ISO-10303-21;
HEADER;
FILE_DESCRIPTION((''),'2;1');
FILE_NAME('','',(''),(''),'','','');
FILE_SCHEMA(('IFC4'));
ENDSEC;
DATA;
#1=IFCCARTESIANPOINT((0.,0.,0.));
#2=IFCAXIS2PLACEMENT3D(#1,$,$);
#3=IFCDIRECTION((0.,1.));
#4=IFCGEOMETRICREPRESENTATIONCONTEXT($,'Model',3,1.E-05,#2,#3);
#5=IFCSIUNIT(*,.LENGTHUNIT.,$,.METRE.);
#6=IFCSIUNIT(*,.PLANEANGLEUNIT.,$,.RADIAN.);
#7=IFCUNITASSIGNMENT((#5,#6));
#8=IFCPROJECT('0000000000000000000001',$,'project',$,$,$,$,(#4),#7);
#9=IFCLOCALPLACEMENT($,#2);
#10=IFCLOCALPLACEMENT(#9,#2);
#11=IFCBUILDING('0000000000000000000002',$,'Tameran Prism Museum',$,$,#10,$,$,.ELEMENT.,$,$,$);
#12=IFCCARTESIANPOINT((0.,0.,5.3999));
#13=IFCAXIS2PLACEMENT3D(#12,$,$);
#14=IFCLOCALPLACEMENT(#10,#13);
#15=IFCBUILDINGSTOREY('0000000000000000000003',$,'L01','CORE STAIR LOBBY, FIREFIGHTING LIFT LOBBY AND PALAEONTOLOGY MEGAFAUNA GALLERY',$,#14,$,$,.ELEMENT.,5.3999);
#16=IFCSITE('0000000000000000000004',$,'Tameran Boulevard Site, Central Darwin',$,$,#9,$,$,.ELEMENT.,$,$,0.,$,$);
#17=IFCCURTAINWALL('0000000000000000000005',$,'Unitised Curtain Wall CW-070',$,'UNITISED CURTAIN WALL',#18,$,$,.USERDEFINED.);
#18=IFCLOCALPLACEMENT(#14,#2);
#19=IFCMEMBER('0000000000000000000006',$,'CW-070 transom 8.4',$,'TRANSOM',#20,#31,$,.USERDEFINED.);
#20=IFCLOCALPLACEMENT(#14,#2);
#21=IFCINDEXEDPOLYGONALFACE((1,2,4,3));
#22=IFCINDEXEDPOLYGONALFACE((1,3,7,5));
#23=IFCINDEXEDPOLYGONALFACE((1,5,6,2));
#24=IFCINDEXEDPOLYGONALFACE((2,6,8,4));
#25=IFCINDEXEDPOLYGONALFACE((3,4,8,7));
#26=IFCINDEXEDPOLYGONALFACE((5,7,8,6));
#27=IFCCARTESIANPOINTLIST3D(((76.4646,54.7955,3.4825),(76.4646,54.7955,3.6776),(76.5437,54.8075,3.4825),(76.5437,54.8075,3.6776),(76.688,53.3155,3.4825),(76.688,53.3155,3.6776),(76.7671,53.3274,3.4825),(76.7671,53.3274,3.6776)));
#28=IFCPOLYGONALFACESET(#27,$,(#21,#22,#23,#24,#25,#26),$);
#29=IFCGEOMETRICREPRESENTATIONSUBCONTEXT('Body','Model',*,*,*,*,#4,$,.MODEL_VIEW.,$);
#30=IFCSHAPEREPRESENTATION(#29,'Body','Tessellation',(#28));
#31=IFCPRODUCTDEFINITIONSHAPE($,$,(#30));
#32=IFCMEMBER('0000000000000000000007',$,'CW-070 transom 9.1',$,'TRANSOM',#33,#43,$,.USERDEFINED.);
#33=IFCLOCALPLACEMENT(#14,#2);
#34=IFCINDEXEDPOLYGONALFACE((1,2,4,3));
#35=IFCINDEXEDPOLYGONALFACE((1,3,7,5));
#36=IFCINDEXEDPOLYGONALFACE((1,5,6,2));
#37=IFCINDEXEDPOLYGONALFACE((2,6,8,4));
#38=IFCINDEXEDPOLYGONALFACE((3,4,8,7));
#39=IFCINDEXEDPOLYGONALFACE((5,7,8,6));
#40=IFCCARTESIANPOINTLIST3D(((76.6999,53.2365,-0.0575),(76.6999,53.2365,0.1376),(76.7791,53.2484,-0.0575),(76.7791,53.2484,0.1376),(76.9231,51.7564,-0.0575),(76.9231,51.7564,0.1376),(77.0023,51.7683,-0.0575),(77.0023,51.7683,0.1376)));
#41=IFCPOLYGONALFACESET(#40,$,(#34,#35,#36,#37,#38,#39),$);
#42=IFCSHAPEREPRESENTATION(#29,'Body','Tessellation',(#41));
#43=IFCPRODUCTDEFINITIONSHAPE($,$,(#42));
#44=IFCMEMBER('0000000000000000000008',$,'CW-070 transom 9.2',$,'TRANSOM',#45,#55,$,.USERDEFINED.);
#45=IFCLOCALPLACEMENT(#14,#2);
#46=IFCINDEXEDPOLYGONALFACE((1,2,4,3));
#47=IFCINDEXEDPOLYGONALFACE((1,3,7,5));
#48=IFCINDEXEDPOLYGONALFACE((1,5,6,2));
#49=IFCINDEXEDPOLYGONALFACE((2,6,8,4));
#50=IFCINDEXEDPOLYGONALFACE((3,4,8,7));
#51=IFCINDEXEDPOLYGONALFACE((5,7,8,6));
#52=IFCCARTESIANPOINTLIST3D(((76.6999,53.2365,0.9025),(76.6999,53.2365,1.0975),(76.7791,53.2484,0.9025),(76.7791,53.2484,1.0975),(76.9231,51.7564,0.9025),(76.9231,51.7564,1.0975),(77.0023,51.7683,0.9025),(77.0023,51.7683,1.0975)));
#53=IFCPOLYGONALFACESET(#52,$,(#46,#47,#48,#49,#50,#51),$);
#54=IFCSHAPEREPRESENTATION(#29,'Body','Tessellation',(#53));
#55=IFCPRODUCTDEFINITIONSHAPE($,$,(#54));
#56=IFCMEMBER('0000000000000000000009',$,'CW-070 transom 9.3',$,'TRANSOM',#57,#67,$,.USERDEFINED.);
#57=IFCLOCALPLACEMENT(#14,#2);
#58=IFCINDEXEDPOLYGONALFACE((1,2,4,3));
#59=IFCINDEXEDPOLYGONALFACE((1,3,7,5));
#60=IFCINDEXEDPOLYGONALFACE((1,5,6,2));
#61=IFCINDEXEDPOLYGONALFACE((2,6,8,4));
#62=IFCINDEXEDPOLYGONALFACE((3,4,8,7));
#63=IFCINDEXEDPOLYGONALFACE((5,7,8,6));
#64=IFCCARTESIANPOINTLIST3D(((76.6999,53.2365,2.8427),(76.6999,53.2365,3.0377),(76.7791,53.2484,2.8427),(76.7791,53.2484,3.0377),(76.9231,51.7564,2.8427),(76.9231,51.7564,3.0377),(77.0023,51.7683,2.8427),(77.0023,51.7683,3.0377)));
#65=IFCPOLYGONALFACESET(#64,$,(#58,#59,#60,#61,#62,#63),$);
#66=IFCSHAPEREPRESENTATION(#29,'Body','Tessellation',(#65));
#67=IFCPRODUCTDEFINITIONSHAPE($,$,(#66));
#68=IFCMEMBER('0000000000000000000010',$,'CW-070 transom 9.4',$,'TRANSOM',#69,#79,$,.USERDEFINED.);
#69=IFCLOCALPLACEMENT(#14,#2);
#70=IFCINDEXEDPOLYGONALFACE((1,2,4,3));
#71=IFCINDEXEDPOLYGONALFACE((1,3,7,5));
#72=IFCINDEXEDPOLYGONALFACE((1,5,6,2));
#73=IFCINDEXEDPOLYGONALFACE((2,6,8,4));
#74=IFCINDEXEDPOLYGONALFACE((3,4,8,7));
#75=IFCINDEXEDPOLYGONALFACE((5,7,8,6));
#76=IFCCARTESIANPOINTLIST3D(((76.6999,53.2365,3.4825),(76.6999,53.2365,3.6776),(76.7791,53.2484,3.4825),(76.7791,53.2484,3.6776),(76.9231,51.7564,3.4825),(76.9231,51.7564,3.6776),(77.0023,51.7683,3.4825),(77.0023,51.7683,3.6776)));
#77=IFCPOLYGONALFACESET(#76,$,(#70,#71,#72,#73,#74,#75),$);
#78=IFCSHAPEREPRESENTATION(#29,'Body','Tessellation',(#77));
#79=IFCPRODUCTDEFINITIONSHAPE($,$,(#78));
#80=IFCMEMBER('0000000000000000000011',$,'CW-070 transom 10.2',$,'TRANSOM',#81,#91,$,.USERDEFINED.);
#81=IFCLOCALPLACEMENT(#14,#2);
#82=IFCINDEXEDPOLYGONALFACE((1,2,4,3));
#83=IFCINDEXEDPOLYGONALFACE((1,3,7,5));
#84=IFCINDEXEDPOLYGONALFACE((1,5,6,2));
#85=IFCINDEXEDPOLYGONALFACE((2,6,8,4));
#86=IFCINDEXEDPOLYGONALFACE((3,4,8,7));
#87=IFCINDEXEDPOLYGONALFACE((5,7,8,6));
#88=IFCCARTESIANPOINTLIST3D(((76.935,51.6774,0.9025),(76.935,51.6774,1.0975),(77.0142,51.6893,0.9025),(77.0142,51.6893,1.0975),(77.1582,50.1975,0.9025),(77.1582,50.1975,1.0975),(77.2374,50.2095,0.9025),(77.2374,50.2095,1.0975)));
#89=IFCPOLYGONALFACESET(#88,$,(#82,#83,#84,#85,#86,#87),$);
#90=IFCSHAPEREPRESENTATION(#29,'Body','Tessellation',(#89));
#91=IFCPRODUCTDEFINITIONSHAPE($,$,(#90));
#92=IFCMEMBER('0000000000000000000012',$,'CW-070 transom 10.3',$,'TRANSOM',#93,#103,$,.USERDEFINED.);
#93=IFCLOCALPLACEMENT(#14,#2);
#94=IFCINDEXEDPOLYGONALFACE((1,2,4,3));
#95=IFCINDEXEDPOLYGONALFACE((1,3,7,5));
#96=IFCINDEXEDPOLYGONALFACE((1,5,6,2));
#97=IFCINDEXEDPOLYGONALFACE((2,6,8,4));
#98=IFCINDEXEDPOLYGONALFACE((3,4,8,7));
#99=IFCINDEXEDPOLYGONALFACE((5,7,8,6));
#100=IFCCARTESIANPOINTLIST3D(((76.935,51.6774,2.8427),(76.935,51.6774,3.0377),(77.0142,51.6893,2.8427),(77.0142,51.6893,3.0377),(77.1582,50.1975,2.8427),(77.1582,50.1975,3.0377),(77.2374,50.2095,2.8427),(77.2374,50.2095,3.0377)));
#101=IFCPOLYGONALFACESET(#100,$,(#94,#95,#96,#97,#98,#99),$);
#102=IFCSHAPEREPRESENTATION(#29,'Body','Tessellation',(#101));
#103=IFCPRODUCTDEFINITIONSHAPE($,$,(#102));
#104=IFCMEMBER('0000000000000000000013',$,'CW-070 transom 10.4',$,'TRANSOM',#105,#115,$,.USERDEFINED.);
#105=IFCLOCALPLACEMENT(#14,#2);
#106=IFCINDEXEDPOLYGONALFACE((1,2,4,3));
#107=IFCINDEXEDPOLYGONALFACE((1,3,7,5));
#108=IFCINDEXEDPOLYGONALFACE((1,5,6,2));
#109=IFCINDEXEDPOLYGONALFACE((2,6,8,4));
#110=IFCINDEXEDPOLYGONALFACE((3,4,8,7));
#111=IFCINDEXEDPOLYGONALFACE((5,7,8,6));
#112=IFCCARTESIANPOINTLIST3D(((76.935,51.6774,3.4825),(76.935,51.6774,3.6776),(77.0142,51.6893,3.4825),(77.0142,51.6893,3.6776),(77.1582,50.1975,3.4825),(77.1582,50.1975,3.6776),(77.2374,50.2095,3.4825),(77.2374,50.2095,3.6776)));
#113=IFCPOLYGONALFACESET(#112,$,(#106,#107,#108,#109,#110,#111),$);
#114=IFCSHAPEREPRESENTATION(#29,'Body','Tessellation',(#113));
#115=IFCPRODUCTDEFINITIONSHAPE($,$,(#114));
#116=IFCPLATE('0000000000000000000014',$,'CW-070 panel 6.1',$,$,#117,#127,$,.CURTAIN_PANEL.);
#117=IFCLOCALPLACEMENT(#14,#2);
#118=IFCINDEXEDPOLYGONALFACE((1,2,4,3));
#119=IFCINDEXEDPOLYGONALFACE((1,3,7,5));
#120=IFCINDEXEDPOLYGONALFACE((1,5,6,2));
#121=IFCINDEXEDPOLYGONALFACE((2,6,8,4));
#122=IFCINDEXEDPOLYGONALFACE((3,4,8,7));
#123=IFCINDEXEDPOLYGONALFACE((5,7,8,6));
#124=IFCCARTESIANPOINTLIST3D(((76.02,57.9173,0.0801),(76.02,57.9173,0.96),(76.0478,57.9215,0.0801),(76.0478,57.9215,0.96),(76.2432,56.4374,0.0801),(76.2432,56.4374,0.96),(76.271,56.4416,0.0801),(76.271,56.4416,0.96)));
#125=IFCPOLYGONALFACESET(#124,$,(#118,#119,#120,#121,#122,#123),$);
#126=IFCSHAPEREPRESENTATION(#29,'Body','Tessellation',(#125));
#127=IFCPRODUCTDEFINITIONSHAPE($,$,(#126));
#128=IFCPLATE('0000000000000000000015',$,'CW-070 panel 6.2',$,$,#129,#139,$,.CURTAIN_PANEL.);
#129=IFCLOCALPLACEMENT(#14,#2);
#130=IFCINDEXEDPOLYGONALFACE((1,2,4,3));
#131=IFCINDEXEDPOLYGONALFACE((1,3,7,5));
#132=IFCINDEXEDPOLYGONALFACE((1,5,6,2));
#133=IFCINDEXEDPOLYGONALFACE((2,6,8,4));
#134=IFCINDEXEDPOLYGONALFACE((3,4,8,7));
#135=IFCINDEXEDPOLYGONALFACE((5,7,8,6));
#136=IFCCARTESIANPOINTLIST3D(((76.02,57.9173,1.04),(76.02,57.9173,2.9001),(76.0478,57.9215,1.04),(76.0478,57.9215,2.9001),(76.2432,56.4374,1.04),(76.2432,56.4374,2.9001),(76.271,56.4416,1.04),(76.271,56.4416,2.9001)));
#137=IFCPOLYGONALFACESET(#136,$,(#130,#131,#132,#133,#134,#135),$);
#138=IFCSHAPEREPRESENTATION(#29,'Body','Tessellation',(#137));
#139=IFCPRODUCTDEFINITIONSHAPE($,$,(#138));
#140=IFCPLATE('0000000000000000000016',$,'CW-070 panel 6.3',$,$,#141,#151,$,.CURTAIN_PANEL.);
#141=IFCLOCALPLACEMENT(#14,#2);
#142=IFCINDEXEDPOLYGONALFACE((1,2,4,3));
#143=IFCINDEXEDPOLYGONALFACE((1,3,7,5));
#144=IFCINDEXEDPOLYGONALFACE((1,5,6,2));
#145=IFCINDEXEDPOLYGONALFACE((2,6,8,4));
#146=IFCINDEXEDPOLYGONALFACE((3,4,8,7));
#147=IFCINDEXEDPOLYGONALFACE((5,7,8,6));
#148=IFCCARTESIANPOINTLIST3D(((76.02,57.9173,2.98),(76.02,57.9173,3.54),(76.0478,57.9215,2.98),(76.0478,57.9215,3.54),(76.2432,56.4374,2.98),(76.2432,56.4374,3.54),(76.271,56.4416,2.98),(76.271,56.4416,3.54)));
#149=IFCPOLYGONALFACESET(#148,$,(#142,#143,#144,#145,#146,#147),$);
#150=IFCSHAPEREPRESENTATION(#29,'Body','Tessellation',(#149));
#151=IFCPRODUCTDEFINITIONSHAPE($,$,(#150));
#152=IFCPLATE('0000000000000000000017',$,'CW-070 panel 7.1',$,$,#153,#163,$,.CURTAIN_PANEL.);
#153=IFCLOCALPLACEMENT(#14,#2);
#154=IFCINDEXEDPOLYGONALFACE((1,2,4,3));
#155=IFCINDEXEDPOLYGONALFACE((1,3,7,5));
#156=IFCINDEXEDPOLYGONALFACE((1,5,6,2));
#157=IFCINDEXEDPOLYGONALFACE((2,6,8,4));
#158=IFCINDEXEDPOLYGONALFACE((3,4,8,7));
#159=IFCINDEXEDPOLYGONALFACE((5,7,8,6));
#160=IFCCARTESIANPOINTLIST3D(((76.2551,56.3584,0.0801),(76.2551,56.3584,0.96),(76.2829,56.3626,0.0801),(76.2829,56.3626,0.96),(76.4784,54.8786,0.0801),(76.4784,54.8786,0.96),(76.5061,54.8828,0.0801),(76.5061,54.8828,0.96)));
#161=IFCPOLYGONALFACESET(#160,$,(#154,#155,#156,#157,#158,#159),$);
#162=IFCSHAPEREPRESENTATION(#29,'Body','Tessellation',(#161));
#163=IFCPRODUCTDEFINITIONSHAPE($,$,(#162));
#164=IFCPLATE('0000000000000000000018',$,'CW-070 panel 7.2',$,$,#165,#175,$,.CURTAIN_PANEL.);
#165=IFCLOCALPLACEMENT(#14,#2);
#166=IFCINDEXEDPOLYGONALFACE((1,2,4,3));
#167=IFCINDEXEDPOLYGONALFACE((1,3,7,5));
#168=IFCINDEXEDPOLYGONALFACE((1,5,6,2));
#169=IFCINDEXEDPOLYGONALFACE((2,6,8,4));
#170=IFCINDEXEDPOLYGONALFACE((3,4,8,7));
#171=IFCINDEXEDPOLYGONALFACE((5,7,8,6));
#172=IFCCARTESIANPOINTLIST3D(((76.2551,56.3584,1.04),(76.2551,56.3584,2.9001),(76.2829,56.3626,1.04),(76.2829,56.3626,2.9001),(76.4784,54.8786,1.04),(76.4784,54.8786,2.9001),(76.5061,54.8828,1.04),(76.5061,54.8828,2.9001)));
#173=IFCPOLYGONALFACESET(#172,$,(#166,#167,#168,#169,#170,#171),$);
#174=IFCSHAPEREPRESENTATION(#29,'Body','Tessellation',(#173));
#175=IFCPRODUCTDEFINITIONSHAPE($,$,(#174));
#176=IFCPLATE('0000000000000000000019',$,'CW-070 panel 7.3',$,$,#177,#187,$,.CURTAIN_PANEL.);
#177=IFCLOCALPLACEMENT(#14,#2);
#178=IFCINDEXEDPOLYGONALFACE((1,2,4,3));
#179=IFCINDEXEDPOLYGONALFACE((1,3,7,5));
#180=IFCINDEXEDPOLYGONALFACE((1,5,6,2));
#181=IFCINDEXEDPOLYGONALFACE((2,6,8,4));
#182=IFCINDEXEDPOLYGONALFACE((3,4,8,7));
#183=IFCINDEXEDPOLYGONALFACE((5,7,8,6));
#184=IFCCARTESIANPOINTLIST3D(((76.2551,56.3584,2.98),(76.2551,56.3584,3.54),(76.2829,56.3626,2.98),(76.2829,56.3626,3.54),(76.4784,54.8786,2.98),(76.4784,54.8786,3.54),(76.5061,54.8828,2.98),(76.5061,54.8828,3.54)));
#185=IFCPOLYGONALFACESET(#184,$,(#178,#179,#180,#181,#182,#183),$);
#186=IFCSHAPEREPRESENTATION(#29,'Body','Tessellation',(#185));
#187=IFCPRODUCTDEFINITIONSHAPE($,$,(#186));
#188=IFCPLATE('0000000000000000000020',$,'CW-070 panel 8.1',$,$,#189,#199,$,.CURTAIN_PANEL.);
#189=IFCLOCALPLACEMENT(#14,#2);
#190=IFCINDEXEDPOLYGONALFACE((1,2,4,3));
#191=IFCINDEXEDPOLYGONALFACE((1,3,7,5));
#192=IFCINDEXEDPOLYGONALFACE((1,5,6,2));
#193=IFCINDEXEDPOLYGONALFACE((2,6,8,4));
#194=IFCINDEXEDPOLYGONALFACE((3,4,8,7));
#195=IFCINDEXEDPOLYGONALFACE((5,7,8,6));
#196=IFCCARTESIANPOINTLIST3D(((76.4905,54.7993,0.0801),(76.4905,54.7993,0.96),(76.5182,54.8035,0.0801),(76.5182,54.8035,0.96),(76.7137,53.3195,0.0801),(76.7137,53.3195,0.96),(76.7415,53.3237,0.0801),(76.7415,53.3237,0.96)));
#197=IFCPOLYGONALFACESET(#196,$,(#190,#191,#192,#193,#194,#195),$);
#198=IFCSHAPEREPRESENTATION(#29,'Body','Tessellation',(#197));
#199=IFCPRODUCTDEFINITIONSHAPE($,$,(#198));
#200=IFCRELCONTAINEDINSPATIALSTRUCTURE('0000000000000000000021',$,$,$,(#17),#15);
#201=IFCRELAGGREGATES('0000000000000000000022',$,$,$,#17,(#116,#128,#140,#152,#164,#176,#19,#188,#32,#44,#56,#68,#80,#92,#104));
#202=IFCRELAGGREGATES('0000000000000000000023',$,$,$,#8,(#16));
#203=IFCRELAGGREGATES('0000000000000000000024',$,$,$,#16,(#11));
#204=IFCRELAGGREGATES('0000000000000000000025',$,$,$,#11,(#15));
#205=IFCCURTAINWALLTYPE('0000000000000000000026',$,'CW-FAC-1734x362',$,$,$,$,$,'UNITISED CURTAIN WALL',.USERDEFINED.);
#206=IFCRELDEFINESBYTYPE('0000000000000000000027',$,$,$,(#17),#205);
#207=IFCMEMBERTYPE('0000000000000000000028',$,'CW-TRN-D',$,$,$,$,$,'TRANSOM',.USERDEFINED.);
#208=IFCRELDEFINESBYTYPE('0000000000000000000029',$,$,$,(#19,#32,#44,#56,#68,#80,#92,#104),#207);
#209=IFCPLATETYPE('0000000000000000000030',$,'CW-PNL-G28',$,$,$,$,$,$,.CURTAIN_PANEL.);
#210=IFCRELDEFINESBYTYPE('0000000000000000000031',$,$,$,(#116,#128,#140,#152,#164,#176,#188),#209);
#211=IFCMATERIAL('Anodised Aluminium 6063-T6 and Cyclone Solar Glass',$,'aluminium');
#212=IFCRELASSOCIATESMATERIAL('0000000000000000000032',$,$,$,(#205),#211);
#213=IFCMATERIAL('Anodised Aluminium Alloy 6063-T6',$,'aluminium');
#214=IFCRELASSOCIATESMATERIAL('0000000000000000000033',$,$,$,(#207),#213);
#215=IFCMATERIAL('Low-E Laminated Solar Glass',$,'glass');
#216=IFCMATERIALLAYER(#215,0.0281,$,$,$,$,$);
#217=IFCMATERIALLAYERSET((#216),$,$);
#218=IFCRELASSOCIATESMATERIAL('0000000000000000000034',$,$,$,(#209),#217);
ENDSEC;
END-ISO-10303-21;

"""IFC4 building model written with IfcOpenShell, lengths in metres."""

from ifc_helpers import new_model, si_unit, direction, frame, origin, origin_2d, place, context, subcontext, project, spatial, rectangle, extrude, material, layer, layer_set, material_profile, profile_set, type_object, element, aggregate, save


model = new_model("IFC4")

# Units and contexts
model_context = context("Model", 3, precision=1e-05, world=origin(), true_north=direction((0.0, 1.0)))
body_context = subcontext(model_context, "Body", "Model", "MODEL_VIEW")
ifc_project = project(units=[si_unit("LENGTHUNIT", "METRE"), si_unit("PLANEANGLEUNIT", "RADIAN")], contexts=[model_context])

# Site, building, storey
site_placement = place(None, origin())
site = spatial("IfcSite", under=ifc_project, at=site_placement, Name="Tameran Boulevard Site, Central Darwin", CompositionType="ELEMENT", RefElevation=0.0)
building_placement = place(site_placement, origin())
building = spatial("IfcBuilding", under=site, at=building_placement, Name="Tameran Prism Museum", CompositionType="ELEMENT")
storey_placement = place(building_placement, frame((0.0, 0.0, 5.3999)))
storey = spatial("IfcBuildingStorey", under=building, at=storey_placement, Name="L01", Description="CORE STAIR LOBBY, FIREFIGHTING LIFT LOBBY AND PALAEONTOLOGY MEGAFAUNA GALLERY", CompositionType="ELEMENT", Elevation=5.3999)

# Curtain wall, members, plates
ifc_material_1 = material(Name="Anodised Aluminium 6063-T6 and Cyclone Solar Glass", Category="aluminium")
curtain_wall_type = type_object("IfcCurtainWallType", Name="CW-FAC-1734x362", ElementType="UNITISED CURTAIN WALL", PredefinedType="USERDEFINED", material=ifc_material_1)
curtain_wall_placement = place(storey_placement, origin())
curtain_wall = element("IfcCurtainWall", 1, at=curtain_wall_placement, inside=storey, type_object=curtain_wall_type, Name="Unitised Curtain Wall CW-070", ObjectType="UNITISED CURTAIN WALL", PredefinedType="USERDEFINED")
ifc_material_2 = material(Name="Anodised Aluminium Alloy 6063-T6", Category="aluminium")
ifc_material_profile_1 = material_profile(ifc_material_2, rectangle(XDim=0.0801, YDim=0.1951, at=origin_2d()))
ifc_profile_set_1 = profile_set([ifc_material_profile_1])
member_type_1 = type_object("IfcMemberType", Name="CW-TRN-D", ElementType="TRANSOM", PredefinedType="USERDEFINED", material=ifc_profile_set_1)
member_1_placement = place(storey_placement, frame((76.5042, 54.8015, 3.5801), z_axis=(0.14925, -0.9888, 0.0), x_axis=(0.9888, 0.14925, 0.0)))
member_1 = element("IfcMember", 2, at=member_1_placement, type_object=member_type_1, Name="CW-070 transom 8.4", ObjectType="TRANSOM", PredefinedType="USERDEFINED", context=body_context, shape_type="SweptSolid", body=[
    extrude(rectangle(XDim=0.0801, YDim=0.1951, at=origin_2d()), origin(), (0.0, 0.0, 1.0), 1.4968),
])
member_2_placement = place(storey_placement, frame((76.7395, 53.2424, 0.04), z_axis=(0.14909, -0.988824, 0.0), x_axis=(0.988824, 0.14909, 0.0)))
member_2 = element("IfcMember", 3, at=member_2_placement, type_object=member_type_1, Name="CW-070 transom 9.1", ObjectType="TRANSOM", PredefinedType="USERDEFINED", context=body_context, shape_type="SweptSolid", body=[
    extrude(rectangle(XDim=0.0801, YDim=0.1951, at=origin_2d()), origin(), (0.0, 0.0, 1.0), 1.4968),
])
member_3_placement = place(storey_placement, frame((76.7395, 53.2424, 1.0), z_axis=(0.14909, -0.988824, 0.0), x_axis=(0.988824, 0.14909, 0.0)))
member_3 = element("IfcMember", 4, at=member_3_placement, type_object=member_type_1, Name="CW-070 transom 9.2", ObjectType="TRANSOM", PredefinedType="USERDEFINED", context=body_context, shape_type="SweptSolid", body=[
    extrude(rectangle(XDim=0.0801, YDim=0.1951, at=origin_2d()), origin(), (0.0, 0.0, 1.0), 1.4968),
])
member_4_placement = place(storey_placement, frame((76.7395, 53.2424, 2.9402), z_axis=(0.14909, -0.988824, 0.0), x_axis=(0.988824, 0.14909, 0.0)))
member_4 = element("IfcMember", 5, at=member_4_placement, type_object=member_type_1, Name="CW-070 transom 9.3", ObjectType="TRANSOM", PredefinedType="USERDEFINED", context=body_context, shape_type="SweptSolid", body=[
    extrude(rectangle(XDim=0.0801, YDim=0.1951, at=origin_2d()), origin(), (0.0, 0.0, 1.0), 1.4968),
])
member_5_placement = place(storey_placement, frame((76.7395, 53.2424, 3.5801), z_axis=(0.14909, -0.988824, 0.0), x_axis=(0.988824, 0.14909, 0.0)))
member_5 = element("IfcMember", 6, at=member_5_placement, type_object=member_type_1, Name="CW-070 transom 9.4", ObjectType="TRANSOM", PredefinedType="USERDEFINED", context=body_context, shape_type="SweptSolid", body=[
    extrude(rectangle(XDim=0.0801, YDim=0.1951, at=origin_2d()), origin(), (0.0, 0.0, 1.0), 1.4968),
])
member_6_placement = place(storey_placement, frame((76.9746, 51.6833, 1.0), z_axis=(0.149114, -0.98882, 0.0), x_axis=(0.98882, 0.149114, 0.0)))
member_6 = element("IfcMember", 7, at=member_6_placement, type_object=member_type_1, Name="CW-070 transom 10.2", ObjectType="TRANSOM", PredefinedType="USERDEFINED", context=body_context, shape_type="SweptSolid", body=[
    extrude(rectangle(XDim=0.0801, YDim=0.1951, at=origin_2d()), origin(), (0.0, 0.0, 1.0), 1.4966),
])
member_7_placement = place(storey_placement, frame((76.9746, 51.6833, 2.9402), z_axis=(0.149114, -0.98882, 0.0), x_axis=(0.98882, 0.149114, 0.0)))
member_7 = element("IfcMember", 8, at=member_7_placement, type_object=member_type_1, Name="CW-070 transom 10.3", ObjectType="TRANSOM", PredefinedType="USERDEFINED", context=body_context, shape_type="SweptSolid", body=[
    extrude(rectangle(XDim=0.0801, YDim=0.1951, at=origin_2d()), origin(), (0.0, 0.0, 1.0), 1.4966),
])
member_8_placement = place(storey_placement, frame((76.9746, 51.6833, 3.5801), z_axis=(0.149114, -0.98882, 0.0), x_axis=(0.98882, 0.149114, 0.0)))
member_8 = element("IfcMember", 9, at=member_8_placement, type_object=member_type_1, Name="CW-070 transom 10.4", ObjectType="TRANSOM", PredefinedType="USERDEFINED", context=body_context, shape_type="SweptSolid", body=[
    extrude(rectangle(XDim=0.0801, YDim=0.1951, at=origin_2d()), origin(), (0.0, 0.0, 1.0), 1.4966),
])
ifc_material_3 = material(Name="Low-E Laminated Solar Glass", Category="glass")
ifc_layer = layer(ifc_material_3, 0.0281)
ifc_layer_set = layer_set([ifc_layer])
plate_type = type_object("IfcPlateType", Name="CW-PNL-G28", PredefinedType="CURTAIN_PANEL", material=ifc_layer_set)
plate_1_placement = place(storey_placement, frame((76.1455, 57.1794, 0.0801), z_axis=(0.0, 0.0, 1.0), x_axis=(0.149167, -0.988812, 0.0)))
plate_1 = element("IfcPlate", 10, at=plate_1_placement, type_object=plate_type, Name="CW-070 panel 6.1", PredefinedType="CURTAIN_PANEL", context=body_context, shape_type="SweptSolid", body=[
    extrude(rectangle(XDim=1.4966, YDim=0.0281, at=origin_2d()), origin(), (0.0, 0.0, 1.0), 0.8799),
])
plate_2_placement = place(storey_placement, frame((76.1455, 57.1794, 1.04), z_axis=(0.0, 0.0, 1.0), x_axis=(0.149167, -0.988812, 0.0)))
plate_2 = element("IfcPlate", 11, at=plate_2_placement, type_object=plate_type, Name="CW-070 panel 6.2", PredefinedType="CURTAIN_PANEL", context=body_context, shape_type="SweptSolid", body=[
    extrude(rectangle(XDim=1.4966, YDim=0.0281, at=origin_2d()), origin(), (0.0, 0.0, 1.0), 1.8601),
])
plate_3_placement = place(storey_placement, frame((76.1455, 57.1794, 2.98), z_axis=(0.0, 0.0, 1.0), x_axis=(0.149167, -0.988812, 0.0)))
plate_3 = element("IfcPlate", 12, at=plate_3_placement, type_object=plate_type, Name="CW-070 panel 6.3", PredefinedType="CURTAIN_PANEL", context=body_context, shape_type="SweptSolid", body=[
    extrude(rectangle(XDim=1.4966, YDim=0.0281, at=origin_2d()), origin(), (0.0, 0.0, 1.0), 0.5601),
])
plate_4_placement = place(storey_placement, frame((76.3806, 55.6206, 0.0801), z_axis=(0.0, 0.0, 1.0), x_axis=(0.149167, -0.988812, 0.0)))
plate_4 = element("IfcPlate", 13, at=plate_4_placement, type_object=plate_type, Name="CW-070 panel 7.1", PredefinedType="CURTAIN_PANEL", context=body_context, shape_type="SweptSolid", body=[
    extrude(rectangle(XDim=1.4966, YDim=0.0281, at=origin_2d()), origin(), (0.0, 0.0, 1.0), 0.8799),
])
plate_5_placement = place(storey_placement, frame((76.3806, 55.6206, 1.04), z_axis=(0.0, 0.0, 1.0), x_axis=(0.149167, -0.988812, 0.0)))
plate_5 = element("IfcPlate", 14, at=plate_5_placement, type_object=plate_type, Name="CW-070 panel 7.2", PredefinedType="CURTAIN_PANEL", context=body_context, shape_type="SweptSolid", body=[
    extrude(rectangle(XDim=1.4966, YDim=0.0281, at=origin_2d()), origin(), (0.0, 0.0, 1.0), 1.8601),
])
plate_6_placement = place(storey_placement, frame((76.3806, 55.6206, 2.98), z_axis=(0.0, 0.0, 1.0), x_axis=(0.149167, -0.988812, 0.0)))
plate_6 = element("IfcPlate", 15, at=plate_6_placement, type_object=plate_type, Name="CW-070 panel 7.3", PredefinedType="CURTAIN_PANEL", context=body_context, shape_type="SweptSolid", body=[
    extrude(rectangle(XDim=1.4966, YDim=0.0281, at=origin_2d()), origin(), (0.0, 0.0, 1.0), 0.5601),
])
plate_7_placement = place(storey_placement, frame((76.616, 54.0615, 0.0801), z_axis=(0.0, 0.0, 1.0), x_axis=(0.149167, -0.988812, 0.0)))
plate_7 = element("IfcPlate", 16, at=plate_7_placement, type_object=plate_type, Name="CW-070 panel 8.1", PredefinedType="CURTAIN_PANEL", context=body_context, shape_type="SweptSolid", body=[
    extrude(rectangle(XDim=1.4966, YDim=0.0281, at=origin_2d()), origin(), (0.0, 0.0, 1.0), 0.8799),
])
aggregate(curtain_wall, [plate_1, plate_2, plate_3, plate_4, plate_5, plate_6, member_1, plate_7, member_2, member_3, member_4, member_5, member_6, member_7, member_8])

save(model, "model.ifc")
